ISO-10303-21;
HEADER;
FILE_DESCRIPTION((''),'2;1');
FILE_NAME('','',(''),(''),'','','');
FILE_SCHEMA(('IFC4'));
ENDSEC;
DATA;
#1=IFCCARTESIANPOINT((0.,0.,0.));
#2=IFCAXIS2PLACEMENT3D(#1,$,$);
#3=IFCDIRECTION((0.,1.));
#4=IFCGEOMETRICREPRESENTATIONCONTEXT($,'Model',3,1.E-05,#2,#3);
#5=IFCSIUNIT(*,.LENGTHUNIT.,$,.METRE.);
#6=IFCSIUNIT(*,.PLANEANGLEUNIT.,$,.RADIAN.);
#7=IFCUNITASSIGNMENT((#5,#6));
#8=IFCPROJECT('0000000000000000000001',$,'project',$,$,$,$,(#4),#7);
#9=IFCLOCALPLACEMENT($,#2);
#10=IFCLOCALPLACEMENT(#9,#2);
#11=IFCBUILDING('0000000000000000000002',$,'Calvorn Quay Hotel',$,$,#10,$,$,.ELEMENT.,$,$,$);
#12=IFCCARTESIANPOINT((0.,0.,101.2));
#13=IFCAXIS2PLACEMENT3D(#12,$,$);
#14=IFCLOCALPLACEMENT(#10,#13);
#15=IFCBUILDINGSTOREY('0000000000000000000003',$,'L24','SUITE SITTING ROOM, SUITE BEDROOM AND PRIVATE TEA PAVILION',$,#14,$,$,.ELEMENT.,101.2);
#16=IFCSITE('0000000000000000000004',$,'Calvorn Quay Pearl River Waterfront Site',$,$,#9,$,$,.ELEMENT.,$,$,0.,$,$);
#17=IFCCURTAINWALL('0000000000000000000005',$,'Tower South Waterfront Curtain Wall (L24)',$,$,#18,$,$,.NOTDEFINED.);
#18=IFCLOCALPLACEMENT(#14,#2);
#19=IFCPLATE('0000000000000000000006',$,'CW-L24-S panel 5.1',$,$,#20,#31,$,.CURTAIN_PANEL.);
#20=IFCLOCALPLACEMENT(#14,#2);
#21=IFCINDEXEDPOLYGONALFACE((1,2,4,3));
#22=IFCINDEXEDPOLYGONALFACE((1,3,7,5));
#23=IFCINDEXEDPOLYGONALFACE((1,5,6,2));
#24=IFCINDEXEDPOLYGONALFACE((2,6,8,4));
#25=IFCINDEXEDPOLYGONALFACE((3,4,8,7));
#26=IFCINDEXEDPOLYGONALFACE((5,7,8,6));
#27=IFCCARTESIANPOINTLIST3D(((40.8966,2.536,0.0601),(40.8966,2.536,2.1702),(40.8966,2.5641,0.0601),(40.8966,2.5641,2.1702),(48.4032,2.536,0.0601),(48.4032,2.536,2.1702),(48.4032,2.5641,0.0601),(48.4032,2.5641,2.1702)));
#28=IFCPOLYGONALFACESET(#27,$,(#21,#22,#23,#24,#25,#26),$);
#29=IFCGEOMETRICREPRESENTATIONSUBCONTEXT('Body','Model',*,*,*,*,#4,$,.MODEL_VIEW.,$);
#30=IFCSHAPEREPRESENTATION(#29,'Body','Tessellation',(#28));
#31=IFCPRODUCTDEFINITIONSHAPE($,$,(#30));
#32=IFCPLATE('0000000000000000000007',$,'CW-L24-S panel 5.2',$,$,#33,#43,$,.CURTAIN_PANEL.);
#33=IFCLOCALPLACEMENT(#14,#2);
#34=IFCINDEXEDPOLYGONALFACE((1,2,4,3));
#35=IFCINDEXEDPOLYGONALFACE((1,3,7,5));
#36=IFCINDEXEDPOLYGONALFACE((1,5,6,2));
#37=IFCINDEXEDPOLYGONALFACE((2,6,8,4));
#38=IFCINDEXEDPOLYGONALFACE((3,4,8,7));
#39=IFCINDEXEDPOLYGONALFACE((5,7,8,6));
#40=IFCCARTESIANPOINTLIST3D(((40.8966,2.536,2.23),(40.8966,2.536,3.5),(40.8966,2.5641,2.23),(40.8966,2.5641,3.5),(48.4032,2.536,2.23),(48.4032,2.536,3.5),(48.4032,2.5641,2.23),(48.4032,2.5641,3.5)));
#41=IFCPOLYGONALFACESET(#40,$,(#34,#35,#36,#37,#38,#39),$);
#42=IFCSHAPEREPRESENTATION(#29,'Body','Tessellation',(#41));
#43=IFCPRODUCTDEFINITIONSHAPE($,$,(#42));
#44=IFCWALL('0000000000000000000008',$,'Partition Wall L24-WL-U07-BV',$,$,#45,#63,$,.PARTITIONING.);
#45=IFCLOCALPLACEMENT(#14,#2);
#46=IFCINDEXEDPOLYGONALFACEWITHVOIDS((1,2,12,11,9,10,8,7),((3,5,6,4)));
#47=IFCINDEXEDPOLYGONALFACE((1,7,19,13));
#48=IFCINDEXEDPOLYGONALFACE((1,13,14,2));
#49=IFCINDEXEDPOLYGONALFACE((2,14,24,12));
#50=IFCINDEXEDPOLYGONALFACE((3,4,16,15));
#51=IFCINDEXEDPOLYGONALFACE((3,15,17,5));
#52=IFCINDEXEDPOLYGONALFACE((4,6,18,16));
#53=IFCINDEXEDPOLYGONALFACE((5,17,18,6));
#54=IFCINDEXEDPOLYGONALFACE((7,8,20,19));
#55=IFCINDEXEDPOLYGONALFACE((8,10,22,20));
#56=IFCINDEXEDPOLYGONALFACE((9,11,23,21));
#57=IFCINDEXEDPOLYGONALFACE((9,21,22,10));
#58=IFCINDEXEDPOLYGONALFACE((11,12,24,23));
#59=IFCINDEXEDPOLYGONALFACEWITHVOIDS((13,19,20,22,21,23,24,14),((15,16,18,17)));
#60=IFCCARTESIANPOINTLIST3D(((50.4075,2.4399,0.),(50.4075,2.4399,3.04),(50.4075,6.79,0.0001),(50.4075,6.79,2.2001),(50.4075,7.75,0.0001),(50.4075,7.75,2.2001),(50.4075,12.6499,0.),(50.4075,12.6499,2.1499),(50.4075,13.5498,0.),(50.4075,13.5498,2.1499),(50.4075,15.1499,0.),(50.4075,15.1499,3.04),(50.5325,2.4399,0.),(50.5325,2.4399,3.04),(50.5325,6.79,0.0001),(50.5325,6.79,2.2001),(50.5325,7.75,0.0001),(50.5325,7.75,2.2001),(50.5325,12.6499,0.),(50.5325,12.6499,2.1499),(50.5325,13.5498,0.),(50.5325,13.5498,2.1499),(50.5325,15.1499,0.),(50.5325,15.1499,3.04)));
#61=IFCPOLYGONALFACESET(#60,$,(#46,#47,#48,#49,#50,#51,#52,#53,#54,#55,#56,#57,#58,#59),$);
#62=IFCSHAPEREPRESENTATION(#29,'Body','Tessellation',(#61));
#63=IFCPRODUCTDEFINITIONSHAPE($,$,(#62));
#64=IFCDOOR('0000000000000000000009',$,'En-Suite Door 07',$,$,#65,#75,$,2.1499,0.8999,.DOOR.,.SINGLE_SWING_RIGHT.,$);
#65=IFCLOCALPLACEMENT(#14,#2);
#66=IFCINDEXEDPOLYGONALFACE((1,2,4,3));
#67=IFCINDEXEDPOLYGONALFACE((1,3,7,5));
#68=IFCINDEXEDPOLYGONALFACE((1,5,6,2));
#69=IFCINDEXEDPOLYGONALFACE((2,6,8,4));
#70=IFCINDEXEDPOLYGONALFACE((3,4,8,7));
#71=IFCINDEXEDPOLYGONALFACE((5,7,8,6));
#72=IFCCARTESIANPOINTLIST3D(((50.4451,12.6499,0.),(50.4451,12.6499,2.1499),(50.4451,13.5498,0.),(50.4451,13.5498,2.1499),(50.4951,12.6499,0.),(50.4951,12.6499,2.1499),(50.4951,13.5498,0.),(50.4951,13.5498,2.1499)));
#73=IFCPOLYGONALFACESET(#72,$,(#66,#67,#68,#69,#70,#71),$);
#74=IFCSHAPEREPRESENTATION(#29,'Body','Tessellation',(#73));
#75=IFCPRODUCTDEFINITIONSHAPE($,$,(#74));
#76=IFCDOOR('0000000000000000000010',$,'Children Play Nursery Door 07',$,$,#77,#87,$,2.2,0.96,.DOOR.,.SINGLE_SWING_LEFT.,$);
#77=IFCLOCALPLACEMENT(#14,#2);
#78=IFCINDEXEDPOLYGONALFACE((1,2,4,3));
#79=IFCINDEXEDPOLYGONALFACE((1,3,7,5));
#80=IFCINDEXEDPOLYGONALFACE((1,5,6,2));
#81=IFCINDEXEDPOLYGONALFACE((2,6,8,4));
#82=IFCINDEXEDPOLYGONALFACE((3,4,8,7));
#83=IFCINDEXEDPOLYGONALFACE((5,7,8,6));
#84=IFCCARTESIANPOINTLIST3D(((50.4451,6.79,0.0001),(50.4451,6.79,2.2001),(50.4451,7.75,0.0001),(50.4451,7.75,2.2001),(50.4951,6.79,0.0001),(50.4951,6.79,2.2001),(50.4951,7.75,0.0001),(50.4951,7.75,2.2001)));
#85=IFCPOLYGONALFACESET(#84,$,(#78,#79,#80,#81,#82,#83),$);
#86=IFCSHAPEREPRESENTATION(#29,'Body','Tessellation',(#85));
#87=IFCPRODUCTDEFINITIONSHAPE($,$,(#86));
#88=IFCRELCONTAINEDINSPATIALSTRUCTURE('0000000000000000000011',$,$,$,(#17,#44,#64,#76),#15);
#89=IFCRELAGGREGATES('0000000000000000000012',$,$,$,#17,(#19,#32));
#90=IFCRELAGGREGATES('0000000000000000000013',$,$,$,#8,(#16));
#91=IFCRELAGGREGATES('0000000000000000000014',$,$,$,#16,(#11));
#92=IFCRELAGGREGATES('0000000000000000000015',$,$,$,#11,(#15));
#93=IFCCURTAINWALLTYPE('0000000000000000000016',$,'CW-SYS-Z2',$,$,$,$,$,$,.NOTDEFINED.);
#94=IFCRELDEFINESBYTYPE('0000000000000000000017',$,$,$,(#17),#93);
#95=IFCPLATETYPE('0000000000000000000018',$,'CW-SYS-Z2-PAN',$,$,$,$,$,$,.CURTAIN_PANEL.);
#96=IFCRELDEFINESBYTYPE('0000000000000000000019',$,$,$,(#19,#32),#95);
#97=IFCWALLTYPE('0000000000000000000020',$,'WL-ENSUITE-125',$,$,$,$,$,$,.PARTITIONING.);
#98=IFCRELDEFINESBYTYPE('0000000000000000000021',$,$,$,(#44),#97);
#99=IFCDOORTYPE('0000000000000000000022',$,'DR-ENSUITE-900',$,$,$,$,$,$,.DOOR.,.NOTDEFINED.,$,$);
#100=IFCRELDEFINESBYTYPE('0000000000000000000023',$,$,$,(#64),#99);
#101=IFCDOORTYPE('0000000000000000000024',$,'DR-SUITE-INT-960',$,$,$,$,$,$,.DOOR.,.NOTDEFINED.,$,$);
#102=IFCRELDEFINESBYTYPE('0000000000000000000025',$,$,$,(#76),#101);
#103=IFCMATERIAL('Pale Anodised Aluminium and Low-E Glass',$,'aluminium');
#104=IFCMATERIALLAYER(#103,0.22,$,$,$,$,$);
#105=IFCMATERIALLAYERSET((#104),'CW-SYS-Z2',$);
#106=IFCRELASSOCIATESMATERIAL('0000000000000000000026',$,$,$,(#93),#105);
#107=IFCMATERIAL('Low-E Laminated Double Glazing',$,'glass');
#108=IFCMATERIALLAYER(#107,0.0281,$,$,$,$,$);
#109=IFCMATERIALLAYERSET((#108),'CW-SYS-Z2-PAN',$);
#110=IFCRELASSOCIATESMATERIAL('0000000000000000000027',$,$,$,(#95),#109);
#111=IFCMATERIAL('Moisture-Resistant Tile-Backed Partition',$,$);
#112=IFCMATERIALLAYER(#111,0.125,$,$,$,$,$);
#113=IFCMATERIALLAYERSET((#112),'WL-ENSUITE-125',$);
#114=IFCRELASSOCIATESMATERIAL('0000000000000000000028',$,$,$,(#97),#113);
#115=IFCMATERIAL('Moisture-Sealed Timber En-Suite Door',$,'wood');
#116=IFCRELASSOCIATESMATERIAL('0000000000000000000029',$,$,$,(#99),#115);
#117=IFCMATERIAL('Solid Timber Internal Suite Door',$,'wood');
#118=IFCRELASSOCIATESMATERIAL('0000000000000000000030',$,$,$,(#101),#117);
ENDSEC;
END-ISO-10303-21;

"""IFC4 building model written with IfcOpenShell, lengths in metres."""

from ifc_helpers import new_model, si_unit, direction, frame, frame_2d, origin, origin_2d, place, context, subcontext, project, spatial, rectangle, extrude, material, layer, layer_set, type_object, element, fill, aggregate, save


model = new_model("IFC4")

# Units and contexts
model_context = context("Model", 3, precision=1e-05, world=origin(), true_north=direction((0.0, 1.0)))
body_context = subcontext(model_context, "Body", "Model", "MODEL_VIEW")
ifc_project = project(units=[si_unit("LENGTHUNIT", "METRE"), si_unit("PLANEANGLEUNIT", "RADIAN")], contexts=[model_context])

# Site, building, storey
site_placement = place(None, origin())
site = spatial("IfcSite", under=ifc_project, at=site_placement, Name="Calvorn Quay Pearl River Waterfront Site", CompositionType="ELEMENT", RefElevation=0.0)
building_placement = place(site_placement, origin())
building = spatial("IfcBuilding", under=site, at=building_placement, Name="Calvorn Quay Hotel", CompositionType="ELEMENT")
storey_placement = place(building_placement, frame((0.0, 0.0, 101.2)))
storey = spatial("IfcBuildingStorey", under=building, at=storey_placement, Name="L24", Description="SUITE SITTING ROOM, SUITE BEDROOM AND PRIVATE TEA PAVILION", CompositionType="ELEMENT", Elevation=101.2)

# Curtain wall, plates
ifc_material_1 = material(Name="Pale Anodised Aluminium and Low-E Glass", Category="aluminium")
ifc_layer_1 = layer(ifc_material_1, 0.22)
ifc_layer_set_1 = layer_set([ifc_layer_1], Name="CW-SYS-Z2")
curtain_wall_type = type_object("IfcCurtainWallType", Name="CW-SYS-Z2", PredefinedType="NOTDEFINED", material=ifc_layer_set_1)
curtain_wall_placement = place(storey_placement, origin())
curtain_wall = element("IfcCurtainWall", 1, at=curtain_wall_placement, inside=storey, type_object=curtain_wall_type, Name="Tower South Waterfront Curtain Wall (L24)", PredefinedType="NOTDEFINED")
ifc_material_2 = material(Name="Low-E Laminated Double Glazing", Category="glass")
ifc_layer_2 = layer(ifc_material_2, 0.0281)
ifc_layer_set_2 = layer_set([ifc_layer_2], Name="CW-SYS-Z2-PAN")
plate_type = type_object("IfcPlateType", Name="CW-SYS-Z2-PAN", PredefinedType="CURTAIN_PANEL", material=ifc_layer_set_2)
plate_1_placement = place(storey_placement, frame((44.6499, 2.55, 0.0601), z_axis=(0.0, 0.0, 1.0), x_axis=(1.0, 0.0, 0.0)))
plate_1 = element("IfcPlate", 2, at=plate_1_placement, type_object=plate_type, Name="CW-L24-S panel 5.1", PredefinedType="CURTAIN_PANEL", context=body_context, shape_type="SweptSolid", body=[
    extrude(rectangle(XDim=7.5066, YDim=0.0281, at=origin_2d()), origin(), (0.0, 0.0, 1.0), 2.1101),
])
plate_2_placement = place(storey_placement, frame((44.6499, 2.55, 2.23), z_axis=(0.0, 0.0, 1.0), x_axis=(1.0, 0.0, 0.0)))
plate_2 = element("IfcPlate", 3, at=plate_2_placement, type_object=plate_type, Name="CW-L24-S panel 5.2", PredefinedType="CURTAIN_PANEL", context=body_context, shape_type="SweptSolid", body=[
    extrude(rectangle(XDim=7.5066, YDim=0.0281, at=origin_2d()), origin(), (0.0, 0.0, 1.0), 1.27),
])
aggregate(curtain_wall, [plate_1, plate_2])

# Wall, openings, doors
ifc_material_3 = material(Name="Moisture-Resistant Tile-Backed Partition")
ifc_layer_3 = layer(ifc_material_3, 0.125)
ifc_layer_set_3 = layer_set([ifc_layer_3], Name="WL-ENSUITE-125")
wall_type = type_object("IfcWallType", Name="WL-ENSUITE-125", PredefinedType="PARTITIONING", material=ifc_layer_set_3)
wall_placement = place(storey_placement, frame((50.47, 2.4399, 0.0), z_axis=(0.0, 0.0, 1.0), x_axis=(0.0, 1.0, 0.0)))
wall = element("IfcWall", 4, at=wall_placement, inside=storey, type_object=wall_type, Name="Partition Wall L24-WL-U07-BV", PredefinedType="PARTITIONING", context=body_context, shape_type="SweptSolid", body=[
    extrude(rectangle(XDim=12.71, YDim=0.125, at=frame_2d((6.355, 0.0))), origin(), (0.0, 0.0, 1.0), 3.04),
])
opening_1_placement = place(wall_placement, frame((4.3501, 0.0, 0.0)))
opening_1 = element("IfcOpeningElement", 5, at=opening_1_placement, cuts=wall, PredefinedType="OPENING", context=body_context, shape_type="SweptSolid", body=[
    extrude(rectangle(XDim=0.96, YDim=2.2, at=frame_2d((0.48, 1.1001))), frame((0.0, 0.0725, 0.0), z_axis=(0.0, -1.0, 0.0), x_axis=(1.0, 0.0, 0.0)), (0.0, 0.0, 1.0), 0.145),
])
opening_2_placement = place(wall_placement, frame((10.21, 0.0, 0.0)))
opening_2 = element("IfcOpeningElement", 6, at=opening_2_placement, cuts=wall, PredefinedType="OPENING", context=body_context, shape_type="SweptSolid", body=[
    extrude(rectangle(XDim=0.8999, YDim=2.1499, at=frame_2d((0.45, 1.075))), frame((0.0, 0.0725, 0.0), z_axis=(0.0, -1.0, 0.0), x_axis=(1.0, 0.0, 0.0)), (0.0, 0.0, 1.0), 0.145),
])
ifc_material_4 = material(Name="Moisture-Sealed Timber En-Suite Door", Category="wood")
door_type_1 = type_object("IfcDoorType", Name="DR-ENSUITE-900", OperationType="NOTDEFINED", PredefinedType="DOOR", material=ifc_material_4)
door_1_placement = place(opening_2_placement, origin())
door_1 = element("IfcDoor", 7, at=door_1_placement, inside=storey, type_object=door_type_1, Name="En-Suite Door 07", OperationType="SINGLE_SWING_RIGHT", OverallHeight=2.1499, OverallWidth=0.8999, PredefinedType="DOOR", context=body_context, shape_type="SweptSolid", body=[
    extrude(rectangle(XDim=0.8999, YDim=2.1499, at=frame_2d((0.45, 1.075))), frame((0.0, 0.0249, 0.0), z_axis=(0.0, -1.0, 0.0), x_axis=(1.0, 0.0, 0.0)), (0.0, 0.0, 1.0), 0.05),
])
fill(opening_2, door_1)
ifc_material_5 = material(Name="Solid Timber Internal Suite Door", Category="wood")
door_type_2 = type_object("IfcDoorType", Name="DR-SUITE-INT-960", OperationType="NOTDEFINED", PredefinedType="DOOR", material=ifc_material_5)
door_2_placement = place(opening_1_placement, origin())
door_2 = element("IfcDoor", 8, at=door_2_placement, inside=storey, type_object=door_type_2, Name="Children Play Nursery Door 07", OperationType="SINGLE_SWING_LEFT", OverallHeight=2.2, OverallWidth=0.96, PredefinedType="DOOR", context=body_context, shape_type="SweptSolid", body=[
    extrude(rectangle(XDim=0.96, YDim=2.2, at=frame_2d((0.48, 1.1001))), frame((0.0, 0.0249, 0.0), z_axis=(0.0, -1.0, 0.0), x_axis=(1.0, 0.0, 0.0)), (0.0, 0.0, 1.0), 0.05),
])
fill(opening_1, door_2)

save(model, "model.ifc")
